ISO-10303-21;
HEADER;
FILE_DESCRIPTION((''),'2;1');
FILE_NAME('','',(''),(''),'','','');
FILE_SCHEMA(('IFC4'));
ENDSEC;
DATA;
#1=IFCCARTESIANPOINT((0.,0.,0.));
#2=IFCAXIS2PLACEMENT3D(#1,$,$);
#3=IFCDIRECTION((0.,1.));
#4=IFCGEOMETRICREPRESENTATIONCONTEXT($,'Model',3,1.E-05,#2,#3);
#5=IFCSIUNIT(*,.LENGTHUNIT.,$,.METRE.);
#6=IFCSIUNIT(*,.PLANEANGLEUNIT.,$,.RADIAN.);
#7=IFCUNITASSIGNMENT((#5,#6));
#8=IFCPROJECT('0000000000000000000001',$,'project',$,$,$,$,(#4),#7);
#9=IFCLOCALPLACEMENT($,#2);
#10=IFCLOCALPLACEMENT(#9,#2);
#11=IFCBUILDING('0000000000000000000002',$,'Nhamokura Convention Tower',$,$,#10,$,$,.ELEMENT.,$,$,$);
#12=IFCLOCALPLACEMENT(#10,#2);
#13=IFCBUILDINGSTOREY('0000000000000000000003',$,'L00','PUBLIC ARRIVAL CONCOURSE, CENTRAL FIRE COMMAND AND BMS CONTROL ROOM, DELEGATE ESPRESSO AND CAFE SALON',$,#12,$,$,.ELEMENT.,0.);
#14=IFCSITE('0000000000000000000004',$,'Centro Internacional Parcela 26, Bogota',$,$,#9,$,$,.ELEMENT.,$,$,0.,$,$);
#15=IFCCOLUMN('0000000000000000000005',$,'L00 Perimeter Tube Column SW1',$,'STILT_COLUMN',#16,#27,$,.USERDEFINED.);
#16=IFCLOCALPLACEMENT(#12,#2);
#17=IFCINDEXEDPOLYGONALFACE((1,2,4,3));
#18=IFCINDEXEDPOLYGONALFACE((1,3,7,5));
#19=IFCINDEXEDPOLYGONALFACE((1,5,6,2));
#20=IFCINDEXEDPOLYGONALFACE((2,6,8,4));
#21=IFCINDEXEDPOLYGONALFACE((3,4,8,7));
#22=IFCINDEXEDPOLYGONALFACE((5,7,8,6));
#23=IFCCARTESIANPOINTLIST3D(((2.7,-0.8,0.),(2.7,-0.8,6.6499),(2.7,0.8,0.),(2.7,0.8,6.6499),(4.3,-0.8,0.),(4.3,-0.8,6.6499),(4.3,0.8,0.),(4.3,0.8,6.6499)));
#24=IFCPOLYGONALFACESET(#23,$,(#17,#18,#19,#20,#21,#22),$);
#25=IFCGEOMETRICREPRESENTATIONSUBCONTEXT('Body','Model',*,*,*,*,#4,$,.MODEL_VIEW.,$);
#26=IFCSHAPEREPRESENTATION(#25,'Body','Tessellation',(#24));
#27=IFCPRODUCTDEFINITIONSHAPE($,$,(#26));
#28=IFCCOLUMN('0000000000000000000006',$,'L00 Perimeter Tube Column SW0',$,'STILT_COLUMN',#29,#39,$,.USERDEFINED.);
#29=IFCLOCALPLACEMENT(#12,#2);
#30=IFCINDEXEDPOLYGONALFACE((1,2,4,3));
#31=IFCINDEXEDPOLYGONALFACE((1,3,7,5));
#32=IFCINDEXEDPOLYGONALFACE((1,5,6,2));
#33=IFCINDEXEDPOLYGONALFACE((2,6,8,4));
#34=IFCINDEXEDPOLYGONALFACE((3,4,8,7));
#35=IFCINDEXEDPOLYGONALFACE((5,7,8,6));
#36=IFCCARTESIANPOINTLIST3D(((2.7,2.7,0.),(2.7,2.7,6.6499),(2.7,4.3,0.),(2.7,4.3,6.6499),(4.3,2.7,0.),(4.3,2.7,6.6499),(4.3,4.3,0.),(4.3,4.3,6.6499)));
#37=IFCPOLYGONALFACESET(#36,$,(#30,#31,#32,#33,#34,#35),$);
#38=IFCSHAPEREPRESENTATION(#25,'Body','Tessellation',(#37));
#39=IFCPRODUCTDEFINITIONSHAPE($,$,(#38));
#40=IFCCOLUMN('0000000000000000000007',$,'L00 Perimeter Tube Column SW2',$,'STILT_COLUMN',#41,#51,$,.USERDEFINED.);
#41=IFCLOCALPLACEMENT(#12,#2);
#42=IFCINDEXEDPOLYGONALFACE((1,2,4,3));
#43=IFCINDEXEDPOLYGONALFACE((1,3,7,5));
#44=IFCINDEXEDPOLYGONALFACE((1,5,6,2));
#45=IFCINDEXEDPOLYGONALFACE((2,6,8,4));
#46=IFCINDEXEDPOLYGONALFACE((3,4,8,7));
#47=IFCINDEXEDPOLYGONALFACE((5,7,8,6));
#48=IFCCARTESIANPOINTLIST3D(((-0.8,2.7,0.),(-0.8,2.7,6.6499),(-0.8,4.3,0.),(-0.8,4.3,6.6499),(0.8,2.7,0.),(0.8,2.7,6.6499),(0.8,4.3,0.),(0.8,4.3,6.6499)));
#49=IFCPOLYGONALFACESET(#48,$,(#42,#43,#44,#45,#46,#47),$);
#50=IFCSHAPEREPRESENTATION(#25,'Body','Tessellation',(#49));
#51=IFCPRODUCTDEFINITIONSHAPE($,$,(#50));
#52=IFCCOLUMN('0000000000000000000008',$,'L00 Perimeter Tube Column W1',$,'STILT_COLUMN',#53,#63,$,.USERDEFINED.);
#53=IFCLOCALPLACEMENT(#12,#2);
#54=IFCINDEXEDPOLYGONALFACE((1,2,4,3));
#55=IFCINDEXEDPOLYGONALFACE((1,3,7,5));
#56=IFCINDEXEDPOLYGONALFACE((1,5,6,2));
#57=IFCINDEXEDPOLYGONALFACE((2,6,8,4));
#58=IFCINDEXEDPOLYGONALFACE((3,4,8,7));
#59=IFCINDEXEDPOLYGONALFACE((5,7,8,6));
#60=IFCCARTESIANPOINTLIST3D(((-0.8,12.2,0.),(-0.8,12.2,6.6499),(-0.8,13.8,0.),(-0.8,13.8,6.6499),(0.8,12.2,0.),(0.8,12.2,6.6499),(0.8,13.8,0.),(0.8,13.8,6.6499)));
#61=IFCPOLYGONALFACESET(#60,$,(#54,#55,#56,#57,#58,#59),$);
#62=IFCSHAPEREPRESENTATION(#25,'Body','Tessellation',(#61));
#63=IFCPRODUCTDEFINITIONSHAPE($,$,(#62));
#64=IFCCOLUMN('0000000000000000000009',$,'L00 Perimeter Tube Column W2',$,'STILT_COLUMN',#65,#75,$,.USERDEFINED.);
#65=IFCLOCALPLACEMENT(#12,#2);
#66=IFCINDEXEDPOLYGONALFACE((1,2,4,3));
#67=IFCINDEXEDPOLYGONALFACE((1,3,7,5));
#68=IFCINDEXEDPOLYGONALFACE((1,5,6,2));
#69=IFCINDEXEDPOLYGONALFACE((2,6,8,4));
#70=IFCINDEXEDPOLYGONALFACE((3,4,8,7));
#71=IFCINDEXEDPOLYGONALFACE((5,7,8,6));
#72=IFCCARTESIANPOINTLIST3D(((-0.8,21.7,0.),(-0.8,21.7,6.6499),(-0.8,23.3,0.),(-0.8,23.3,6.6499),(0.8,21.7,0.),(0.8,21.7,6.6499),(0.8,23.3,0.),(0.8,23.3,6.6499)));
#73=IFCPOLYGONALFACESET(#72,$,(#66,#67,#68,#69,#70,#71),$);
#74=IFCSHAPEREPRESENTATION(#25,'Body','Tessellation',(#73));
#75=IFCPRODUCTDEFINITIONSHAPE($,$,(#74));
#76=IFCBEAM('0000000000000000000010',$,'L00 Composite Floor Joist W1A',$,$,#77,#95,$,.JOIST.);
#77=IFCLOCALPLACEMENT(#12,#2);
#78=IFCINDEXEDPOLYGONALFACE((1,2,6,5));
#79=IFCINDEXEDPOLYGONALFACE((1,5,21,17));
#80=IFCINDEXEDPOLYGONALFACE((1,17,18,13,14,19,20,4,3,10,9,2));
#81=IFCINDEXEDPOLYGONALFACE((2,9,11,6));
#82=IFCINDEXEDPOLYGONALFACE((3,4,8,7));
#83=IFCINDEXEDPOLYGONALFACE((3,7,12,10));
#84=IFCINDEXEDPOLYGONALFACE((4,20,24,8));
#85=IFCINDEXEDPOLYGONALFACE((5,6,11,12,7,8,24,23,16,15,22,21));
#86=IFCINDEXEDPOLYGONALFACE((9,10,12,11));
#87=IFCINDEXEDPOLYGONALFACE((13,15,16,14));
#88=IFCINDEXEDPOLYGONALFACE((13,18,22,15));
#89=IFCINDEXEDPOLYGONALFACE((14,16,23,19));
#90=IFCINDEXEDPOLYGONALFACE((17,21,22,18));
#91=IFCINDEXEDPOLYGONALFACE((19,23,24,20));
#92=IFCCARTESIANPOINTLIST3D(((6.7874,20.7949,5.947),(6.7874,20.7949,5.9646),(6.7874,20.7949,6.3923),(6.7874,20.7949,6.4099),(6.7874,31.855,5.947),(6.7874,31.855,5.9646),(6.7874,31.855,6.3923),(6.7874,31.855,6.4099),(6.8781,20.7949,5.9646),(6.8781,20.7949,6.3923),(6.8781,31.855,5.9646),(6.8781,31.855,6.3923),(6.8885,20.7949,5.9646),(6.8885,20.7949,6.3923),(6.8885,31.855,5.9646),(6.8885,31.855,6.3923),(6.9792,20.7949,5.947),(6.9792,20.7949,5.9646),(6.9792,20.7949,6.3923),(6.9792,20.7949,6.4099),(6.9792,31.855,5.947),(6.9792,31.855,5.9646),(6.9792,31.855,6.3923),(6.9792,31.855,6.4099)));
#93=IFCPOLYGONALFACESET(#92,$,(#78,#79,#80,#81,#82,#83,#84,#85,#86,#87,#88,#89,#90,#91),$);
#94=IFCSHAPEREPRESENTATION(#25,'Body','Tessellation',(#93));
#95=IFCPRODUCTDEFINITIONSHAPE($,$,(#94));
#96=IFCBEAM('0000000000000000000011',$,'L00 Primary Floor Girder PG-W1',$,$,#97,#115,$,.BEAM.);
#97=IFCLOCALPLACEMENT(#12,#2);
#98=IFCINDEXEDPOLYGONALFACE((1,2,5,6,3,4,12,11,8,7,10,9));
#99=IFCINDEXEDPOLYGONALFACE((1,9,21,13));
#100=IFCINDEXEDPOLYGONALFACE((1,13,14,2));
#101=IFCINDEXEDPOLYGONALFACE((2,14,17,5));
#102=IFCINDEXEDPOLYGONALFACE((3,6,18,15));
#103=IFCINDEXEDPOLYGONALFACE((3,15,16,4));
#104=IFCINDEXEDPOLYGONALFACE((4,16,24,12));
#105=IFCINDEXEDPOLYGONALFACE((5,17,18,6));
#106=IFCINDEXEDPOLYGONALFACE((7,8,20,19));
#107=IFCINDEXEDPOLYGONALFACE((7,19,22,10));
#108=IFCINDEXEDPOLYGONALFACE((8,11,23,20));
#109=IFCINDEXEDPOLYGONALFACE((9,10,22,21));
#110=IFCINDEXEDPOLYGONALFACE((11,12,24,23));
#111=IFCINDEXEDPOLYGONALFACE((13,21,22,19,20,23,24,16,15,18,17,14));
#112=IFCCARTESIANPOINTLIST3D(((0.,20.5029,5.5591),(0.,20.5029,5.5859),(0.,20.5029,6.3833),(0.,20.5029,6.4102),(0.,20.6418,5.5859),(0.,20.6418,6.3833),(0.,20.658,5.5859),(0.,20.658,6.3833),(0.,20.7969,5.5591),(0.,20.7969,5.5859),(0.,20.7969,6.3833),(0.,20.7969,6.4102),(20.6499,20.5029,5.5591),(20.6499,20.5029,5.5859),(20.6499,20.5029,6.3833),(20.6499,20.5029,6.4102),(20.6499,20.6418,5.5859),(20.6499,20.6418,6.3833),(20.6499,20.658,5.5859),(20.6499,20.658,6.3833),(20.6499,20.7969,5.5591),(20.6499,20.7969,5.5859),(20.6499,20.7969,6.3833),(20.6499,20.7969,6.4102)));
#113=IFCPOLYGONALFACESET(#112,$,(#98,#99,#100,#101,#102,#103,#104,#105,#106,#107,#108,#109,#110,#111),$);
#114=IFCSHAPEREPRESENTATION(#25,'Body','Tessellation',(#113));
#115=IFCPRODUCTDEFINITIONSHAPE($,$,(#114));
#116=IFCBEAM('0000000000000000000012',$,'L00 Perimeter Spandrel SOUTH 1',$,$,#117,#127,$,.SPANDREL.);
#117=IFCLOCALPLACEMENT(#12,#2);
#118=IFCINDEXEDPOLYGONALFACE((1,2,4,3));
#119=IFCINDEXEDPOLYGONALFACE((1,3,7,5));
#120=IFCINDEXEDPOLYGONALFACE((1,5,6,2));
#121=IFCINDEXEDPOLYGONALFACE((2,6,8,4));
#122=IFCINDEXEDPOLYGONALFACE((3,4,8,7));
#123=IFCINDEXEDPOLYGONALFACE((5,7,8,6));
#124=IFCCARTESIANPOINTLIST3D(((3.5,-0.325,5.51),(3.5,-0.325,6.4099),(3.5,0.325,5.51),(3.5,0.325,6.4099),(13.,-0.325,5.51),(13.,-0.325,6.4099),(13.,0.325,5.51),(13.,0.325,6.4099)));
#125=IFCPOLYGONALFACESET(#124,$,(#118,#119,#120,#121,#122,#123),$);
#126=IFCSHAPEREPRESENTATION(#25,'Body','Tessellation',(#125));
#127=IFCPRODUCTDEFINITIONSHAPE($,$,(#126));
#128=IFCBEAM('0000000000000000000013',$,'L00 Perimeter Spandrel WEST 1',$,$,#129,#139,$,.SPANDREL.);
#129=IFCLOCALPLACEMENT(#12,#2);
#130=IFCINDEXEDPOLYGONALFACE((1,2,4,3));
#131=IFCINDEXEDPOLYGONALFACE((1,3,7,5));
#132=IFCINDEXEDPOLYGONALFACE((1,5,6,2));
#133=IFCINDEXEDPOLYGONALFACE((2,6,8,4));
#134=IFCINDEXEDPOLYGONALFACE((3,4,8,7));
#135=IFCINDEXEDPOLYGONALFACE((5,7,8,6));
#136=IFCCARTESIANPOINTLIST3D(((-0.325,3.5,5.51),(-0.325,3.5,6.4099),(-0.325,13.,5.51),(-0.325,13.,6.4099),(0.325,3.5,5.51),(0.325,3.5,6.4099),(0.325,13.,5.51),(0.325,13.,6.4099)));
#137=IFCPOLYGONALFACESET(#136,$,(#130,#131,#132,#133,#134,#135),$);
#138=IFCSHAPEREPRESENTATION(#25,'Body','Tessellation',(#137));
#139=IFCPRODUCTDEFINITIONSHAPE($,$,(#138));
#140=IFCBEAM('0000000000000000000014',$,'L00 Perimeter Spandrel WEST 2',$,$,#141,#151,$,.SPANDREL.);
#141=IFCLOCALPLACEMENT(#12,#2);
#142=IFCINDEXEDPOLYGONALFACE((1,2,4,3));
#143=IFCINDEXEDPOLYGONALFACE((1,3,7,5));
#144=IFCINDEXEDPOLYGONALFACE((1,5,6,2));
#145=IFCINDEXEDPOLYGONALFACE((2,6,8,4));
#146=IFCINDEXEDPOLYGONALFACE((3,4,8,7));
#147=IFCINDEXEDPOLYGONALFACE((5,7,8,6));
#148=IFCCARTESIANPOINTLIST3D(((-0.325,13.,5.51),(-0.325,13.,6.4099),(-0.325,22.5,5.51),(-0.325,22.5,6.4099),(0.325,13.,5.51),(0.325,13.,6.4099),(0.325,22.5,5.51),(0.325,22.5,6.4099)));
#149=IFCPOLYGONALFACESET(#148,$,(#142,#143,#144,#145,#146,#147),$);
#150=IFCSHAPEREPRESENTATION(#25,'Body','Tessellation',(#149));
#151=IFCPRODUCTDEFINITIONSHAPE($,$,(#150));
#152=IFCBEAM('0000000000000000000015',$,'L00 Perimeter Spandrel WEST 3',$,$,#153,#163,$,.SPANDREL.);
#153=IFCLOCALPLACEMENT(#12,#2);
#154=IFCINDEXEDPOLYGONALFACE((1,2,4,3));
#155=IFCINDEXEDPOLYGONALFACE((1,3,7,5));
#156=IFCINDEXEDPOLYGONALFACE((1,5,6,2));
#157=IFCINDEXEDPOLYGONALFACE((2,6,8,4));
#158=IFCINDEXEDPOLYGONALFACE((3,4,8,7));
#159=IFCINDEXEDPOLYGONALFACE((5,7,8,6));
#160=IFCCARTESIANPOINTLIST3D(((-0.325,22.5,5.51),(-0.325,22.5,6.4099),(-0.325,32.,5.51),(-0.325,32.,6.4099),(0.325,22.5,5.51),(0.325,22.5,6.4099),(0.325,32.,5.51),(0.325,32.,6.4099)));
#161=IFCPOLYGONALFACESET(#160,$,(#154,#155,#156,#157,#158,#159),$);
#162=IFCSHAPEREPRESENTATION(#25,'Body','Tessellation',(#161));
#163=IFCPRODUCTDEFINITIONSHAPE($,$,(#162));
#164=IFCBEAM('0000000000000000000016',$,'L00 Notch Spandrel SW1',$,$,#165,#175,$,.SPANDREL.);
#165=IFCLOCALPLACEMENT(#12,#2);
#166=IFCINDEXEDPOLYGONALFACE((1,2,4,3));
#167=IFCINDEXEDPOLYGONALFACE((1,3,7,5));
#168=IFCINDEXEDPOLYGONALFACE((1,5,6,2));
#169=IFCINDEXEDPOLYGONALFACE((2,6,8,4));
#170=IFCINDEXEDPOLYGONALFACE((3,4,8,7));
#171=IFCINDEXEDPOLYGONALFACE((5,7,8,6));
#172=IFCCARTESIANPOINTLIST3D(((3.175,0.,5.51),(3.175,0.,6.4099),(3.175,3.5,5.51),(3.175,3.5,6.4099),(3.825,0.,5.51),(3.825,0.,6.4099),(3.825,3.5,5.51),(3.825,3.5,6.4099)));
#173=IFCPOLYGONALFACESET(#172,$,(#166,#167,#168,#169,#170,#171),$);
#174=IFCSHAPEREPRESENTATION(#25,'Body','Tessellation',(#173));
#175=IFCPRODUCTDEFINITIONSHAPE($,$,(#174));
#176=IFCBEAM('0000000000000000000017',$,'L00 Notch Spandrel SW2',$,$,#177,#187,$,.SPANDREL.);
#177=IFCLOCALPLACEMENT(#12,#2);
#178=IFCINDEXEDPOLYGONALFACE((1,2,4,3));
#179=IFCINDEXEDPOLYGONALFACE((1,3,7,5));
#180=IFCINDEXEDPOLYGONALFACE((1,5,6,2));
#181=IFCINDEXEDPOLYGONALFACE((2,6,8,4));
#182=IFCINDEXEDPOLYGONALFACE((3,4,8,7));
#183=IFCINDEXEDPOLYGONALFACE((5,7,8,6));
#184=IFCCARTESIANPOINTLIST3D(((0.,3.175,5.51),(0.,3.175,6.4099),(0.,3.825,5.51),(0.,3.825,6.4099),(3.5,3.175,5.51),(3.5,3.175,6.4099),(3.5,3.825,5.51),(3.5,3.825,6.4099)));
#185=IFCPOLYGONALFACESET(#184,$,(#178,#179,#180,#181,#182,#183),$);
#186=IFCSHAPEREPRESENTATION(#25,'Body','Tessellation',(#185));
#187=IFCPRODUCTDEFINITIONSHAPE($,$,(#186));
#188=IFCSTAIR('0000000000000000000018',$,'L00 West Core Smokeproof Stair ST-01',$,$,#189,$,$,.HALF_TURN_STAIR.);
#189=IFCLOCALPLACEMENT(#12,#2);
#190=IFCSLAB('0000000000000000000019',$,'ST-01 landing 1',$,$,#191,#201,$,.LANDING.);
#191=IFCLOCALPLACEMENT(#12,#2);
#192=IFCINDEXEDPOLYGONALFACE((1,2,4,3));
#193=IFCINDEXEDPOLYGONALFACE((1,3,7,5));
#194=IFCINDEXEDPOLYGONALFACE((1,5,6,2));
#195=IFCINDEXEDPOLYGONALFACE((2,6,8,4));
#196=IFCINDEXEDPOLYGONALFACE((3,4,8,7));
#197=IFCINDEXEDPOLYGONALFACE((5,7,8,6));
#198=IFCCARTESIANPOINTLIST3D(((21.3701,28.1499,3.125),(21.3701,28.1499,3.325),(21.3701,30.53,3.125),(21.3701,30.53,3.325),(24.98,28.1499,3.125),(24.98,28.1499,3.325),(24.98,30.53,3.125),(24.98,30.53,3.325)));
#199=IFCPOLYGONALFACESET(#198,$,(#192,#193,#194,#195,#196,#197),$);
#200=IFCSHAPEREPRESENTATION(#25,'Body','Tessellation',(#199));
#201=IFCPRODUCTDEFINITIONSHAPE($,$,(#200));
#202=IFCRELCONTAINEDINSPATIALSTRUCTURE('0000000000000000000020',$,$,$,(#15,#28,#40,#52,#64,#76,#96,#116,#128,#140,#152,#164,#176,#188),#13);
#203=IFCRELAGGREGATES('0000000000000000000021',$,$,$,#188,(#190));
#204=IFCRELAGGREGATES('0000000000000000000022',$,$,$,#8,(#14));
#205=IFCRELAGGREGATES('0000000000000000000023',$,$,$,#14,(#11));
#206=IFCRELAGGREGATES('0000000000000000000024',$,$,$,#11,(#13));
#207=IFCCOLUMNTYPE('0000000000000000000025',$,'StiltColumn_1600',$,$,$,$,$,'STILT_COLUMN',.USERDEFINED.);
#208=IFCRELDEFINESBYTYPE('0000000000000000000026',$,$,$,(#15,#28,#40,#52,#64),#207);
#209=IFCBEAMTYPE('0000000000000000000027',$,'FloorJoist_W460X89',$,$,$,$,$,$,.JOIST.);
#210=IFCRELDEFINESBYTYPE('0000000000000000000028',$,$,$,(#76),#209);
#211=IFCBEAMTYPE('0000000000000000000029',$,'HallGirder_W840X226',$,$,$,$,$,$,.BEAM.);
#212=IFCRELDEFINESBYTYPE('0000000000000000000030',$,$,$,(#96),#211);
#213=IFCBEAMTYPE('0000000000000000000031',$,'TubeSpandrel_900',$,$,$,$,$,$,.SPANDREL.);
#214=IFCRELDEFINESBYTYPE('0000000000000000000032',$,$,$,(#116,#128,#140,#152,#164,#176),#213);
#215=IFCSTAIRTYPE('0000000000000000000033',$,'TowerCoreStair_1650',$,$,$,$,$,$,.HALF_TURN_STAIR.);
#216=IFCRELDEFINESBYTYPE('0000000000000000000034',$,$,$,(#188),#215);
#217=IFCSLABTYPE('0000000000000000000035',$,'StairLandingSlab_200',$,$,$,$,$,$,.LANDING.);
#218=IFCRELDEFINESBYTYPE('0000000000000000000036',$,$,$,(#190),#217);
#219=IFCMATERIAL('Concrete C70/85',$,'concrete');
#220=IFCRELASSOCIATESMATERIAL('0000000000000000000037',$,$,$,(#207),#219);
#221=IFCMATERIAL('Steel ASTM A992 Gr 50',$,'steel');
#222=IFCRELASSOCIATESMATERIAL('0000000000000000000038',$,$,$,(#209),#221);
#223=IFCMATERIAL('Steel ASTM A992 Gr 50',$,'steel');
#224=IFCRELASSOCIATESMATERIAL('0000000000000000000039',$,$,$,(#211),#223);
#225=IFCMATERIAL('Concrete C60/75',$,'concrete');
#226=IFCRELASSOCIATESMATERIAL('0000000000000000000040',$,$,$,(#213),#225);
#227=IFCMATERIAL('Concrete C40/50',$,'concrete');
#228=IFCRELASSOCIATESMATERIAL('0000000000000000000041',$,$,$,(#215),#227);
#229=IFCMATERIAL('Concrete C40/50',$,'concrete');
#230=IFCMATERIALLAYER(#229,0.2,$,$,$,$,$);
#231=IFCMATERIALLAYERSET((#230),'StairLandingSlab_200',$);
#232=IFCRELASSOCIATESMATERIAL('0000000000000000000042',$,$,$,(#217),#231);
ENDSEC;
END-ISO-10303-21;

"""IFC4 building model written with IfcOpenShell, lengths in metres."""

from ifc_helpers import new_model, si_unit, direction, frame, origin, origin_2d, place, context, subcontext, project, spatial, polyline, rectangle, i_section, outline, extrude, material, layer, layer_set, material_profile, profile_set, type_object, element, aggregate, save


model = new_model("IFC4")

# Units and contexts
model_context = context("Model", 3, precision=1e-05, world=origin(), true_north=direction((0.0, 1.0)))
body_context = subcontext(model_context, "Body", "Model", "MODEL_VIEW")
ifc_project = project(units=[si_unit("LENGTHUNIT", "METRE"), si_unit("PLANEANGLEUNIT", "RADIAN")], contexts=[model_context])

# Site, building, storey
site_placement = place(None, origin())
site = spatial("IfcSite", under=ifc_project, at=site_placement, Name="Centro Internacional Parcela 26, Bogota", CompositionType="ELEMENT", RefElevation=0.0)
building_placement = place(site_placement, origin())
building = spatial("IfcBuilding", under=site, at=building_placement, Name="Nhamokura Convention Tower", CompositionType="ELEMENT")
storey_placement = place(building_placement, origin())
storey = spatial("IfcBuildingStorey", under=building, at=storey_placement, Name="L00", Description="PUBLIC ARRIVAL CONCOURSE, CENTRAL FIRE COMMAND AND BMS CONTROL ROOM, DELEGATE ESPRESSO AND CAFE SALON", CompositionType="ELEMENT", Elevation=0.0)

# Columns
ifc_material_1 = material(Name="Concrete C70/85", Category="concrete")
ifc_material_profile_1 = material_profile(ifc_material_1, rectangle(XDim=1.6001, YDim=1.6001, at=origin_2d()))
ifc_profile_set_1 = profile_set([ifc_material_profile_1], Name="Concrete C70/85")
column_type = type_object("IfcColumnType", Name="StiltColumn_1600", ElementType="STILT_COLUMN", PredefinedType="USERDEFINED", material=ifc_profile_set_1)
for number, where, z_axis, x_axis, name in (
    (1, (3.5, 0.0, 0.0), (0.0, 0.0, 1.0), (1.0, 0.0, 0.0), "L00 Perimeter Tube Column SW1"),
    (2, (3.5, 3.5, 0.0), (0.0, 0.0, 1.0), (1.0, 0.0, 0.0), "L00 Perimeter Tube Column SW0"),
    (3, (0.0, 3.5, 0.0), (0.0, 0.0, 1.0), (1.0, 0.0, 0.0), "L00 Perimeter Tube Column SW2"),
    (4, (0.0, 13.0, 0.0), (0.0, 0.0, 1.0), (1.0, 0.0, 0.0), "L00 Perimeter Tube Column W1"),
    (5, (0.0, 22.5, 0.0), (0.0, 0.0, 1.0), (1.0, 0.0, 0.0), "L00 Perimeter Tube Column W2"),
):
    element("IfcColumn", number, at=place(storey_placement, frame(where, z_axis=z_axis, x_axis=x_axis)), inside=storey, type_object=column_type, Name=name, ObjectType="STILT_COLUMN", PredefinedType="USERDEFINED", context=body_context, shape_type="SweptSolid", body=[
        extrude(rectangle(XDim=1.6001, YDim=1.6001, at=origin_2d()), origin(), (0.0, 0.0, 1.0), 6.6499),
    ])

# Beams
ifc_material_2 = material(Name="Steel ASTM A992 Gr 50", Category="steel")
ifc_material_profile_2 = material_profile(ifc_material_2, i_section(OverallWidth=0.1919, OverallDepth=0.4629, WebThickness=0.0105, FlangeThickness=0.0176, at=origin_2d()))
ifc_profile_set_2 = profile_set([ifc_material_profile_2], Name="Steel ASTM A992 Gr 50")
beam_type_1 = type_object("IfcBeamType", Name="FloorJoist_W460X89", PredefinedType="JOIST", material=ifc_profile_set_2)
beam_1_placement = place(storey_placement, frame((6.8833, 20.7949, 6.1785), z_axis=(0.0, 1.0, 0.0), x_axis=(-1.0, 0.0, 0.0)))
element("IfcBeam", 6, at=beam_1_placement, inside=storey, type_object=beam_type_1, Name="L00 Composite Floor Joist W1A", PredefinedType="JOIST", context=body_context, shape_type="SweptSolid", body=[
    extrude(i_section(OverallWidth=0.1919, OverallDepth=0.4629, WebThickness=0.0105, FlangeThickness=0.0176, at=origin_2d()), origin(), (0.0, 0.0, 1.0), 11.0601),
])
ifc_material_3 = material(Name="Steel ASTM A992 Gr 50", Category="steel")
ifc_material_profile_3 = material_profile(ifc_material_3, i_section(OverallWidth=0.2939, OverallDepth=0.8511, WebThickness=0.0161, FlangeThickness=0.0269, at=origin_2d()))
ifc_profile_set_3 = profile_set([ifc_material_profile_3], Name="Steel ASTM A992 Gr 50")
beam_type_2 = type_object("IfcBeamType", Name="HallGirder_W840X226", PredefinedType="BEAM", material=ifc_profile_set_3)
beam_2_placement = place(storey_placement, frame((0.0, 20.6499, 5.9846), z_axis=(1.0, 0.0, 0.0), x_axis=(0.0, 1.0, 0.0)))
element("IfcBeam", 7, at=beam_2_placement, inside=storey, type_object=beam_type_2, Name="L00 Primary Floor Girder PG-W1", PredefinedType="BEAM", context=body_context, shape_type="SweptSolid", body=[
    extrude(i_section(OverallWidth=0.2939, OverallDepth=0.8511, WebThickness=0.0161, FlangeThickness=0.0269, at=origin_2d()), origin(), (0.0, 0.0, 1.0), 20.6499),
])
ifc_material_4 = material(Name="Concrete C60/75", Category="concrete")
ifc_material_profile_4 = material_profile(ifc_material_4, rectangle(XDim=0.6499, YDim=0.8999, at=origin_2d()))
ifc_profile_set_4 = profile_set([ifc_material_profile_4], Name="Concrete C60/75")
beam_type_3 = type_object("IfcBeamType", Name="TubeSpandrel_900", PredefinedType="SPANDREL", material=ifc_profile_set_4)
for number, where, z_axis, x_axis, name in (
    (8, (3.5, 0.0, 5.96), (1.0, 0.0, 0.0), (0.0, 1.0, 0.0), "L00 Perimeter Spandrel SOUTH 1"),
    (9, (0.0, 3.5, 5.96), (0.0, 1.0, 0.0), (-1.0, 0.0, 0.0), "L00 Perimeter Spandrel WEST 1"),
    (10, (0.0, 13.0, 5.96), (0.0, 1.0, 0.0), (-1.0, 0.0, 0.0), "L00 Perimeter Spandrel WEST 2"),
    (11, (0.0, 22.5, 5.96), (0.0, 1.0, 0.0), (-1.0, 0.0, 0.0), "L00 Perimeter Spandrel WEST 3"),
):
    element("IfcBeam", number, at=place(storey_placement, frame(where, z_axis=z_axis, x_axis=x_axis)), inside=storey, type_object=beam_type_3, Name=name, PredefinedType="SPANDREL", context=body_context, shape_type="SweptSolid", body=[
        extrude(rectangle(XDim=0.6499, YDim=0.8999, at=origin_2d()), origin(), (0.0, 0.0, 1.0), 9.5),
    ])
for number, where, z_axis, x_axis, name in (
    (12, (3.5, 0.0, 5.96), (0.0, 1.0, 0.0), (-1.0, 0.0, 0.0), "L00 Notch Spandrel SW1"),
    (13, (3.5, 3.5, 5.96), (-1.0, 0.0, 0.0), (0.0, -1.0, 0.0), "L00 Notch Spandrel SW2"),
):
    element("IfcBeam", number, at=place(storey_placement, frame(where, z_axis=z_axis, x_axis=x_axis)), inside=storey, type_object=beam_type_3, Name=name, PredefinedType="SPANDREL", context=body_context, shape_type="SweptSolid", body=[
        extrude(rectangle(XDim=0.6499, YDim=0.8999, at=origin_2d()), origin(), (0.0, 0.0, 1.0), 3.5),
    ])

# Stair, slab
ifc_material_5 = material(Name="Concrete C40/50", Category="concrete")
stair_type_1 = type_object("IfcStairType", Name="TowerCoreStair_1650", PredefinedType="HALF_TURN_STAIR", material=ifc_material_5)
stair_1_placement = place(storey_placement, origin())
stair_1 = element("IfcStair", 14, at=stair_1_placement, inside=storey, type_object=stair_type_1, Name="L00 West Core Smokeproof Stair ST-01", PredefinedType="HALF_TURN_STAIR")
ifc_material_6 = material(Name="Concrete C40/50", Category="concrete")
ifc_layer_1 = layer(ifc_material_6, 0.2)
ifc_layer_set_1 = layer_set([ifc_layer_1], Name="StairLandingSlab_200")
slab_type_1 = type_object("IfcSlabType", Name="StairLandingSlab_200", PredefinedType="LANDING", material=ifc_layer_set_1)
slab_1_placement = place(storey_placement, frame((0.0, 0.0, 3.125)))
slab_1 = element("IfcSlab", 15, at=slab_1_placement, type_object=slab_type_1, Name="ST-01 landing 1", PredefinedType="LANDING", context=body_context, shape_type="SweptSolid", body=[
    extrude(outline(polyline([(24.98, 28.1499), (24.98, 30.53), (21.3701, 30.53), (21.3701, 28.1499), (24.98, 28.1499)])), origin(), (0.0, 0.0, 1.0), 0.2),
])
aggregate(stair_1, [slab_1])

save(model, "model.ifc")
